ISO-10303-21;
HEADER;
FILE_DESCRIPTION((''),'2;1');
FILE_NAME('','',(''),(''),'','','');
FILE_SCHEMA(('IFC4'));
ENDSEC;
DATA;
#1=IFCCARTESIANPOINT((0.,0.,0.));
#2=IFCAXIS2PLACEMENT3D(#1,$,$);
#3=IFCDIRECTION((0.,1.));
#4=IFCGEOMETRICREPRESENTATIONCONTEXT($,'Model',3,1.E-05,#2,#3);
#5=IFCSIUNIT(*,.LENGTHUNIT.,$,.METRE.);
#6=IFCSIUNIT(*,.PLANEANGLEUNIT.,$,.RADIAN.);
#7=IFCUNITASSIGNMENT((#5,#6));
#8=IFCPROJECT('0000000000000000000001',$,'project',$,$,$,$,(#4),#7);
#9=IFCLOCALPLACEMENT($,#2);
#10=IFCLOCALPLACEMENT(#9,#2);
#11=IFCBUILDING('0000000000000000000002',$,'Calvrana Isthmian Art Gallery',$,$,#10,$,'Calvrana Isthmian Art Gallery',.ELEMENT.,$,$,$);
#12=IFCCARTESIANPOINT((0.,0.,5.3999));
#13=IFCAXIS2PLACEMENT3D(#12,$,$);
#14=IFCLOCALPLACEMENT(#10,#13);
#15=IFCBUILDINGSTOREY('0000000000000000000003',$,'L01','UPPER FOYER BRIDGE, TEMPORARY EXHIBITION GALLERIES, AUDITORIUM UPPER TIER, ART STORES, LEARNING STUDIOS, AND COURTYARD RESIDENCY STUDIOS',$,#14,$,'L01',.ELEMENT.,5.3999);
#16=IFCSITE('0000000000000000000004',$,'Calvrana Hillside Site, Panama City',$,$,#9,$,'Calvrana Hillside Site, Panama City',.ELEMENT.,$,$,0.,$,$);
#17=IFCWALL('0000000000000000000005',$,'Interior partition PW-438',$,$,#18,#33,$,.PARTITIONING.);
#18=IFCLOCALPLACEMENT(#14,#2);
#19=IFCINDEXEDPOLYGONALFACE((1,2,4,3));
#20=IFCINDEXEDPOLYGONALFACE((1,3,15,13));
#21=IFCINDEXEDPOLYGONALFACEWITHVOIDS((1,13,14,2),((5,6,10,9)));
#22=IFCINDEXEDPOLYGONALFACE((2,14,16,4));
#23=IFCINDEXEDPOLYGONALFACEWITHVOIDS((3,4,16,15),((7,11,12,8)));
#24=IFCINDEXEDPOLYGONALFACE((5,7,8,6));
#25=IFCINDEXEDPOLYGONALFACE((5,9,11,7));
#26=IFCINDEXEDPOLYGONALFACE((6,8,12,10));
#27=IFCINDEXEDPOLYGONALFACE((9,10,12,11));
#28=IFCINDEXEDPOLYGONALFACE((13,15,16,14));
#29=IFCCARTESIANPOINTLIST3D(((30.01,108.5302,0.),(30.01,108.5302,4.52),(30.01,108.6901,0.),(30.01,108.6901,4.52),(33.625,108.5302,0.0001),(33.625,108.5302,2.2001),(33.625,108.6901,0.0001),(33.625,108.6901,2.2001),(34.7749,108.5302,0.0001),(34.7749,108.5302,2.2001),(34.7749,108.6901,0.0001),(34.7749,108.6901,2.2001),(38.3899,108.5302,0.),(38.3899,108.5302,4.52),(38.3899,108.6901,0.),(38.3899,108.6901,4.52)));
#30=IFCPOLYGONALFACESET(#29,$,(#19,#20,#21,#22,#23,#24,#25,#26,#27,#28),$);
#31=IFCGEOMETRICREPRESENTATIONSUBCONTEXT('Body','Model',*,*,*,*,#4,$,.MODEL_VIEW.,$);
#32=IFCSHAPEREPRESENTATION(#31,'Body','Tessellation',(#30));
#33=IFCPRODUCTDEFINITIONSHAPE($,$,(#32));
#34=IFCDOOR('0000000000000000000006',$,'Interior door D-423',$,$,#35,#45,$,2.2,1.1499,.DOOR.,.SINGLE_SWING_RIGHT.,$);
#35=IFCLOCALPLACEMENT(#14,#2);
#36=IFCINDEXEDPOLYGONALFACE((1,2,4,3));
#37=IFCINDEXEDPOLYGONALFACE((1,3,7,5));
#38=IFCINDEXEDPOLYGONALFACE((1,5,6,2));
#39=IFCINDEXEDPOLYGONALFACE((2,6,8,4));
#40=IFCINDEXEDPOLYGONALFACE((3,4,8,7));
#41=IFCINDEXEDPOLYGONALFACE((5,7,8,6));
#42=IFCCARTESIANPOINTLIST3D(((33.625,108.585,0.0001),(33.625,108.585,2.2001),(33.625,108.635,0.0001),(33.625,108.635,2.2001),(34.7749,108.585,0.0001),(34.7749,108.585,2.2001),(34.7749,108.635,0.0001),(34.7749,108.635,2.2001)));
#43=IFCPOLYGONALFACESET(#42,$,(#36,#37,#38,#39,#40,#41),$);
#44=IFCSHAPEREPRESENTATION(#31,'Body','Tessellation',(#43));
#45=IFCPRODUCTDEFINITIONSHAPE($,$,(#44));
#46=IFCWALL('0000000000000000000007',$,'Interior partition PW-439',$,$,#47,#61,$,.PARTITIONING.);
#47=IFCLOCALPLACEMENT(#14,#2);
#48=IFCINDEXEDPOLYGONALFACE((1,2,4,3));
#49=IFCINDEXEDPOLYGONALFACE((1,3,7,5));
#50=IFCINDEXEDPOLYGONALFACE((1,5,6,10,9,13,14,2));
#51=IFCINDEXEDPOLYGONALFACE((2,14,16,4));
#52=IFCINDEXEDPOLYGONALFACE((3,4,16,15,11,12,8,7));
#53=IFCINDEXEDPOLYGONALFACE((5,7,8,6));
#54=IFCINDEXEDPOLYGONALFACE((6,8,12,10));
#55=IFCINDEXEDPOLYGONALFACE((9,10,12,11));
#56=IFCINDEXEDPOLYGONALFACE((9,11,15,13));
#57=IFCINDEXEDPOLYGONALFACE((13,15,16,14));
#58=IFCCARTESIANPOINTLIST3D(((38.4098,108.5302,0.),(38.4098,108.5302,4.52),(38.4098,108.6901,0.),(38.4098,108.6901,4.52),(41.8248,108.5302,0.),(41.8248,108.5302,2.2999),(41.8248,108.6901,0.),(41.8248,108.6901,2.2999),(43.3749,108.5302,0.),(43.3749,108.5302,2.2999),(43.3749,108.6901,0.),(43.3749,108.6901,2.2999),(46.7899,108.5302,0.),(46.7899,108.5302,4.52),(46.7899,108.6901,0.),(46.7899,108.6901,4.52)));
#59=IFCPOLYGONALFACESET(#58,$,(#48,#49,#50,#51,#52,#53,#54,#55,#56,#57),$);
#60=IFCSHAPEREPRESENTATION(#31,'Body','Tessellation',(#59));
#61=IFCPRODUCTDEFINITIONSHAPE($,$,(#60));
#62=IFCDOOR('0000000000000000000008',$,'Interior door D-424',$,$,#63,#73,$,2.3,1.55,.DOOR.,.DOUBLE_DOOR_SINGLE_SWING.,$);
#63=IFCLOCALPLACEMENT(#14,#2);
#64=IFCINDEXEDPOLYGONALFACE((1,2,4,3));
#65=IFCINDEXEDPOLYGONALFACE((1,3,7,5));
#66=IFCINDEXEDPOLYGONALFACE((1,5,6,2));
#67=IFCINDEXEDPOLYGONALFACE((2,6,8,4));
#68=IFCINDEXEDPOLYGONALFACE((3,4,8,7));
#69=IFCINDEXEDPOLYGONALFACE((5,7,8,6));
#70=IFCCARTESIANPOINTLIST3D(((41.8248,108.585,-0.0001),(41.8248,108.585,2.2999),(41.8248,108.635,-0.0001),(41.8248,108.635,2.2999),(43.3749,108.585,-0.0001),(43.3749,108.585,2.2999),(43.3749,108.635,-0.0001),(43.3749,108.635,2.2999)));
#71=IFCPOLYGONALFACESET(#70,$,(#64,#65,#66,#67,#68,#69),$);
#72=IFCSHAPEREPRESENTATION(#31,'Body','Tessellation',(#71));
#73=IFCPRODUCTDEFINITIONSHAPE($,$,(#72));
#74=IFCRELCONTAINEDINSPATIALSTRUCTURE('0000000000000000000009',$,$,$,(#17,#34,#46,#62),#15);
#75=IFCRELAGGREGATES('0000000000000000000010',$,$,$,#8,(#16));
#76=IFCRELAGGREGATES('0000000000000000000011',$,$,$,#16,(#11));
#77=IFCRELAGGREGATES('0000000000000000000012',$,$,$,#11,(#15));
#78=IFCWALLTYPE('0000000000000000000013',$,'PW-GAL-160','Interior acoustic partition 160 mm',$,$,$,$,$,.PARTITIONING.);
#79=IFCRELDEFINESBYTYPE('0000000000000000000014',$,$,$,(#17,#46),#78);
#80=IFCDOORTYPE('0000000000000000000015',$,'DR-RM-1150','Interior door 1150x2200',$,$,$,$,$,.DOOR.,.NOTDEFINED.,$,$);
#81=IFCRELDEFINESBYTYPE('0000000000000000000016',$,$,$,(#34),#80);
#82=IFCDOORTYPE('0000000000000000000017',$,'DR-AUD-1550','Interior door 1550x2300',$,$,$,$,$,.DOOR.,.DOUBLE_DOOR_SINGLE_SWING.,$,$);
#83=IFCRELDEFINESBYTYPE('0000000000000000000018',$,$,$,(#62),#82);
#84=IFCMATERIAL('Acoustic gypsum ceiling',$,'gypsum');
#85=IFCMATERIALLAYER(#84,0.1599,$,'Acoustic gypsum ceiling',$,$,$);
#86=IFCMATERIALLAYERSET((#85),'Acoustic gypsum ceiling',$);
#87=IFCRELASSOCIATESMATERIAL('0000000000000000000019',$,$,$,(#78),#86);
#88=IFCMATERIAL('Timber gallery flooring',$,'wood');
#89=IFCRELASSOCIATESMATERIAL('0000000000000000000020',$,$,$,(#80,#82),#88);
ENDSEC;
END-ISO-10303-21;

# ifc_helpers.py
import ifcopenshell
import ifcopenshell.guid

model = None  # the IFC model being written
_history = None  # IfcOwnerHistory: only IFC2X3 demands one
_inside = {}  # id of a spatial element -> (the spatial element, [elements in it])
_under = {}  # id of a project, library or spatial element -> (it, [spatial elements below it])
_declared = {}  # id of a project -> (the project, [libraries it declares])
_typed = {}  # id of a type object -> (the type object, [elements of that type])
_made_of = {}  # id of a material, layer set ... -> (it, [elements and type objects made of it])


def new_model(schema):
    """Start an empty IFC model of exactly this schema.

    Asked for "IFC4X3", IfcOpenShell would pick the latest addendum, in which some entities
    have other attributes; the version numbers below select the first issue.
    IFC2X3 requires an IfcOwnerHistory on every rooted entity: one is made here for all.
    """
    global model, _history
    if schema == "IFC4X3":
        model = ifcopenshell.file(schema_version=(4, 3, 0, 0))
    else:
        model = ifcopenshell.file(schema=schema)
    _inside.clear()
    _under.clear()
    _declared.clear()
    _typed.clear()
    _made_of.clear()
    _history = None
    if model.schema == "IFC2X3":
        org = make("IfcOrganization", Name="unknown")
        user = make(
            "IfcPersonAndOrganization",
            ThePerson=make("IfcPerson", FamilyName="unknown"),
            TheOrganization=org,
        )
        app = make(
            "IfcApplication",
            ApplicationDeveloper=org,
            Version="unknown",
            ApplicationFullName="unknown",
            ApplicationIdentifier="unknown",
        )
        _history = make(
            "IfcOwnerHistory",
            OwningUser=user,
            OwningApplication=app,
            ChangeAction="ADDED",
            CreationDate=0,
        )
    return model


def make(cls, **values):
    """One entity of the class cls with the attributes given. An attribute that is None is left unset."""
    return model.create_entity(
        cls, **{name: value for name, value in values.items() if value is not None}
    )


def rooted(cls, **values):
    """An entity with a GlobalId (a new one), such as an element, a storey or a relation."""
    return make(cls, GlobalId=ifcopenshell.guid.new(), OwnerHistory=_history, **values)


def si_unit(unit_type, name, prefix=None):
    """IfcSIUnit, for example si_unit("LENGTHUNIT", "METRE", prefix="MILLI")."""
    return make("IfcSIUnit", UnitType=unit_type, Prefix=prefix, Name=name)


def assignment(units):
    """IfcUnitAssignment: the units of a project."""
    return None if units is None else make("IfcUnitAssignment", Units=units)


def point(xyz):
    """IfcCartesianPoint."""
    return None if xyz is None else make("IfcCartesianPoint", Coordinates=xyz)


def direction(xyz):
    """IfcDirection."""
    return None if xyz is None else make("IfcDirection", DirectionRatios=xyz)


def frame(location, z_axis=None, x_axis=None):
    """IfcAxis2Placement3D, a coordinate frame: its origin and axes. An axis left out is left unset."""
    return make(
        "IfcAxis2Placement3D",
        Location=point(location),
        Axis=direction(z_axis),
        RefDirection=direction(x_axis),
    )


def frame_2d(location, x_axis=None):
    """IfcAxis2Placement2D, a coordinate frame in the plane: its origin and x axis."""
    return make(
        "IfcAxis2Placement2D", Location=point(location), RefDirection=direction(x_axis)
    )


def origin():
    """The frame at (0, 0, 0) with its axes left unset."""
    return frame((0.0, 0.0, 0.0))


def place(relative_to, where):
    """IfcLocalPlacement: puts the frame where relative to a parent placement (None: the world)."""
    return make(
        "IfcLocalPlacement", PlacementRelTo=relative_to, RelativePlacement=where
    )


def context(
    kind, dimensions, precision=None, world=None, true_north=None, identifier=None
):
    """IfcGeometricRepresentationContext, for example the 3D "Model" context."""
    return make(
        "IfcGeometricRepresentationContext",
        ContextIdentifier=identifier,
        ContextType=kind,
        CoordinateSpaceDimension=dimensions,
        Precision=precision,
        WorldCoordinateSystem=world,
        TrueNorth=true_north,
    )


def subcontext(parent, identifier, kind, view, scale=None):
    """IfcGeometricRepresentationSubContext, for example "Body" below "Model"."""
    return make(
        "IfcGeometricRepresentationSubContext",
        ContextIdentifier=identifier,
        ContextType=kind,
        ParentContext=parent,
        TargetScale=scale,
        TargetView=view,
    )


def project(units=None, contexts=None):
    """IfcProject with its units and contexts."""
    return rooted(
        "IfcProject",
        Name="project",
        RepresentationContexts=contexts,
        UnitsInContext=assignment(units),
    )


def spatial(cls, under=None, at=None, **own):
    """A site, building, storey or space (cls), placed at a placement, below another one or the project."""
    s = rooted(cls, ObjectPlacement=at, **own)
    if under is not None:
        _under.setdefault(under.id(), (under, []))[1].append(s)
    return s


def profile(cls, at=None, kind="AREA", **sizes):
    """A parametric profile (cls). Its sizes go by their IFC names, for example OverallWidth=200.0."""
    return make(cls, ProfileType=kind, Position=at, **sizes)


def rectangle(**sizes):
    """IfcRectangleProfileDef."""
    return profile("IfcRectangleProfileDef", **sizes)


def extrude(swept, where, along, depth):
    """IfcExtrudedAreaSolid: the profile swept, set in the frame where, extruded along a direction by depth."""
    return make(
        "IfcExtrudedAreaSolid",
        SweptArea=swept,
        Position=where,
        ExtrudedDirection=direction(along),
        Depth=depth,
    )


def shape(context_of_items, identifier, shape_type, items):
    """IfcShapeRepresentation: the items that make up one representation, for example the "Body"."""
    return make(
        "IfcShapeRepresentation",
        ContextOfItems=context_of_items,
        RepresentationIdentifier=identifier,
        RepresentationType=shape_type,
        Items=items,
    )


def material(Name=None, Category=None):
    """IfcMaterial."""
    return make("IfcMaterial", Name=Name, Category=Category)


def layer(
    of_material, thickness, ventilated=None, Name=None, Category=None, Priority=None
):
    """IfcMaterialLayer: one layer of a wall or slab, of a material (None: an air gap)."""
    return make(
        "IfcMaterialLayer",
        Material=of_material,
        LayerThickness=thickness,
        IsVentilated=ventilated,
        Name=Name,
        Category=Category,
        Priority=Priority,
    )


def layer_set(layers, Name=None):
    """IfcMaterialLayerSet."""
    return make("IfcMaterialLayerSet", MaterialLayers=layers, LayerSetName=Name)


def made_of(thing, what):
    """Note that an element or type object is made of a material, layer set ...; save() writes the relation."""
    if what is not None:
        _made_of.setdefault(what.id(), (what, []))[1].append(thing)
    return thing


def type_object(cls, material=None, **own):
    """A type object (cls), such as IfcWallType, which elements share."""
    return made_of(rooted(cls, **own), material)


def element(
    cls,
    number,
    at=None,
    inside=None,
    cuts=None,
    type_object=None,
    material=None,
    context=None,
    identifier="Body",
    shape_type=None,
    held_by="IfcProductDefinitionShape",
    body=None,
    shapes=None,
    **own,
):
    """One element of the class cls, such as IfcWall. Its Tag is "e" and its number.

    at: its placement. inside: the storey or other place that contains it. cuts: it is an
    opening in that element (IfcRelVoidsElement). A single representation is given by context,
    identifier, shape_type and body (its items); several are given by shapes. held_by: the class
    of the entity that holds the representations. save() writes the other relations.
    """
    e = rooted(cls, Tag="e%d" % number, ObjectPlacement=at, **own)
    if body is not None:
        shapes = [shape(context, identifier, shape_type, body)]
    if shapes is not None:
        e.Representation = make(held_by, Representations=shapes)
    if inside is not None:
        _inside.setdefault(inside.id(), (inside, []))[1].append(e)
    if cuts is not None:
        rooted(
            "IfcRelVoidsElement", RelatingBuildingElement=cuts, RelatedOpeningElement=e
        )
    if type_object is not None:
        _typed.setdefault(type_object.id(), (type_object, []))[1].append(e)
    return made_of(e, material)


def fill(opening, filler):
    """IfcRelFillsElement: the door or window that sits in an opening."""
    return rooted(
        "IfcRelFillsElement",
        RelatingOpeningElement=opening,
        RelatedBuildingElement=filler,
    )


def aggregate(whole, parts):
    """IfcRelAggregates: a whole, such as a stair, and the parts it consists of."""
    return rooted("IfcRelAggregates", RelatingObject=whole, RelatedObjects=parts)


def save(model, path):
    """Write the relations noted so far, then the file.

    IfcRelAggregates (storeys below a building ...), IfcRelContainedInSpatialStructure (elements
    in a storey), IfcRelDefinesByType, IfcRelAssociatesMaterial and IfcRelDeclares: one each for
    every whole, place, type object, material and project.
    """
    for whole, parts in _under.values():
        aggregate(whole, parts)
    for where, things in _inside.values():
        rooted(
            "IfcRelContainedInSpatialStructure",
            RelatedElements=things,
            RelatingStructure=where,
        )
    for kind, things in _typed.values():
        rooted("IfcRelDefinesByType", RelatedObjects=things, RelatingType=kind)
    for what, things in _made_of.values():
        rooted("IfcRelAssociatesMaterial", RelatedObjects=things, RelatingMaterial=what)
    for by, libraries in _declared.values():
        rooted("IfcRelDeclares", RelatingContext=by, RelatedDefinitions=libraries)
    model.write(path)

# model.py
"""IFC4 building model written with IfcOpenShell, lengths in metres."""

from ifc_helpers import new_model, si_unit, direction, frame, frame_2d, origin, place, context, subcontext, project, spatial, rectangle, extrude, material, layer, layer_set, type_object, element, fill, save


model = new_model("IFC4")

# Units and contexts
model_context = context("Model", 3, precision=1e-05, world=origin(), true_north=direction((0.0, 1.0)))
body_context = subcontext(model_context, "Body", "Model", "MODEL_VIEW")
ifc_project = project(units=[si_unit("LENGTHUNIT", "METRE"), si_unit("PLANEANGLEUNIT", "RADIAN")], contexts=[model_context])

# Site, building, storey
site_placement = place(None, origin())
site = spatial("IfcSite", under=ifc_project, at=site_placement, Name="Calvrana Hillside Site, Panama City", LongName="Calvrana Hillside Site, Panama City", CompositionType="ELEMENT", RefElevation=0.0)
building_placement = place(site_placement, origin())
building = spatial("IfcBuilding", under=site, at=building_placement, Name="Calvrana Isthmian Art Gallery", LongName="Calvrana Isthmian Art Gallery", CompositionType="ELEMENT")
storey_placement = place(building_placement, frame((0.0, 0.0, 5.3999)))
storey = spatial("IfcBuildingStorey", under=building, at=storey_placement, Name="L01", Description="UPPER FOYER BRIDGE, TEMPORARY EXHIBITION GALLERIES, AUDITORIUM UPPER TIER, ART STORES, LEARNING STUDIOS, AND COURTYARD RESIDENCY STUDIOS", LongName="L01", CompositionType="ELEMENT", Elevation=5.3999)

# Shared definitions
ifc_material_1 = material(Name="Acoustic gypsum ceiling", Category="gypsum")
ifc_layer_1 = layer(ifc_material_1, 0.1599, Name="Acoustic gypsum ceiling")
ifc_layer_set_1 = layer_set([ifc_layer_1], Name="Acoustic gypsum ceiling")
wall_type_1 = type_object("IfcWallType", Name="PW-GAL-160", Description="Interior acoustic partition 160 mm", PredefinedType="PARTITIONING", material=ifc_layer_set_1)
ifc_material_2 = material(Name="Timber gallery flooring", Category="wood")

# Walls, openings, doors
wall_1_placement = place(storey_placement, frame((30.01, 108.6101, 0.0), z_axis=(0.0, 0.0, 1.0), x_axis=(1.0, 0.0, 0.0)))
wall_1 = element("IfcWall", 1, at=wall_1_placement, inside=storey, type_object=wall_type_1, Name="Interior partition PW-438", PredefinedType="PARTITIONING", context=body_context, shape_type="SweptSolid", body=[
    extrude(rectangle(XDim=8.3799, YDim=0.1599, at=frame_2d((4.1899, 0.0))), origin(), (0.0, 0.0, 1.0), 4.52),
])
opening_1_placement = place(wall_1_placement, frame((3.615, 0.0, 0.0)))
opening_1 = element("IfcOpeningElement", 2, at=opening_1_placement, cuts=wall_1, PredefinedType="OPENING", context=body_context, shape_type="SweptSolid", body=[
    extrude(rectangle(XDim=1.1499, YDim=2.2, at=frame_2d((0.575, 1.1001))), frame((0.0, 0.0903, 0.0), z_axis=(0.0, -1.0, 0.0), x_axis=(1.0, 0.0, 0.0)), (0.0, 0.0, 1.0), 0.1804),
])
door_type_1 = type_object("IfcDoorType", Name="DR-RM-1150", Description="Interior door 1150x2200", OperationType="NOTDEFINED", PredefinedType="DOOR", material=ifc_material_2)
door_1_placement = place(opening_1_placement, origin())
door_1 = element("IfcDoor", 3, at=door_1_placement, inside=storey, type_object=door_type_1, Name="Interior door D-423", OperationType="SINGLE_SWING_RIGHT", OverallHeight=2.2, OverallWidth=1.1499, PredefinedType="DOOR", context=body_context, shape_type="SweptSolid", body=[
    extrude(rectangle(XDim=1.1499, YDim=2.2, at=frame_2d((0.575, 1.1001))), frame((0.0, 0.0249, 0.0), z_axis=(0.0, -1.0, 0.0), x_axis=(1.0, 0.0, 0.0)), (0.0, 0.0, 1.0), 0.05),
])
fill(opening_1, door_1)
wall_2_placement = place(storey_placement, frame((38.4099, 108.6101, 0.0), z_axis=(0.0, 0.0, 1.0), x_axis=(1.0, 0.0, 0.0)))
wall_2 = element("IfcWall", 4, at=wall_2_placement, inside=storey, type_object=wall_type_1, Name="Interior partition PW-439", PredefinedType="PARTITIONING", context=body_context, shape_type="SweptSolid", body=[
    extrude(rectangle(XDim=8.3801, YDim=0.1599, at=frame_2d((4.1899, 0.0))), origin(), (0.0, 0.0, 1.0), 4.52),
])
opening_2_placement = place(wall_2_placement, frame((3.415, 0.0, 0.0)))
opening_2 = element("IfcOpeningElement", 5, at=opening_2_placement, cuts=wall_2, PredefinedType="OPENING", context=body_context, shape_type="SweptSolid", body=[
    extrude(rectangle(XDim=1.55, YDim=2.3, at=frame_2d((0.7749, 1.1499))), frame((0.0, 0.0903, 0.0), z_axis=(0.0, -1.0, 0.0), x_axis=(1.0, 0.0, 0.0)), (0.0, 0.0, 1.0), 0.1804),
])
door_type_2 = type_object("IfcDoorType", Name="DR-AUD-1550", Description="Interior door 1550x2300", OperationType="DOUBLE_DOOR_SINGLE_SWING", PredefinedType="DOOR", material=ifc_material_2)
door_2_placement = place(opening_2_placement, origin())
door_2 = element("IfcDoor", 6, at=door_2_placement, inside=storey, type_object=door_type_2, Name="Interior door D-424", OperationType="DOUBLE_DOOR_SINGLE_SWING", OverallHeight=2.3, OverallWidth=1.55, PredefinedType="DOOR", context=body_context, shape_type="SweptSolid", body=[
    extrude(rectangle(XDim=1.55, YDim=2.3, at=frame_2d((0.7749, 1.1499))), frame((0.0, 0.0249, 0.0), z_axis=(0.0, -1.0, 0.0), x_axis=(1.0, 0.0, 0.0)), (0.0, 0.0, 1.0), 0.05),
])
fill(opening_2, door_2)

save(model, "model.ifc")
